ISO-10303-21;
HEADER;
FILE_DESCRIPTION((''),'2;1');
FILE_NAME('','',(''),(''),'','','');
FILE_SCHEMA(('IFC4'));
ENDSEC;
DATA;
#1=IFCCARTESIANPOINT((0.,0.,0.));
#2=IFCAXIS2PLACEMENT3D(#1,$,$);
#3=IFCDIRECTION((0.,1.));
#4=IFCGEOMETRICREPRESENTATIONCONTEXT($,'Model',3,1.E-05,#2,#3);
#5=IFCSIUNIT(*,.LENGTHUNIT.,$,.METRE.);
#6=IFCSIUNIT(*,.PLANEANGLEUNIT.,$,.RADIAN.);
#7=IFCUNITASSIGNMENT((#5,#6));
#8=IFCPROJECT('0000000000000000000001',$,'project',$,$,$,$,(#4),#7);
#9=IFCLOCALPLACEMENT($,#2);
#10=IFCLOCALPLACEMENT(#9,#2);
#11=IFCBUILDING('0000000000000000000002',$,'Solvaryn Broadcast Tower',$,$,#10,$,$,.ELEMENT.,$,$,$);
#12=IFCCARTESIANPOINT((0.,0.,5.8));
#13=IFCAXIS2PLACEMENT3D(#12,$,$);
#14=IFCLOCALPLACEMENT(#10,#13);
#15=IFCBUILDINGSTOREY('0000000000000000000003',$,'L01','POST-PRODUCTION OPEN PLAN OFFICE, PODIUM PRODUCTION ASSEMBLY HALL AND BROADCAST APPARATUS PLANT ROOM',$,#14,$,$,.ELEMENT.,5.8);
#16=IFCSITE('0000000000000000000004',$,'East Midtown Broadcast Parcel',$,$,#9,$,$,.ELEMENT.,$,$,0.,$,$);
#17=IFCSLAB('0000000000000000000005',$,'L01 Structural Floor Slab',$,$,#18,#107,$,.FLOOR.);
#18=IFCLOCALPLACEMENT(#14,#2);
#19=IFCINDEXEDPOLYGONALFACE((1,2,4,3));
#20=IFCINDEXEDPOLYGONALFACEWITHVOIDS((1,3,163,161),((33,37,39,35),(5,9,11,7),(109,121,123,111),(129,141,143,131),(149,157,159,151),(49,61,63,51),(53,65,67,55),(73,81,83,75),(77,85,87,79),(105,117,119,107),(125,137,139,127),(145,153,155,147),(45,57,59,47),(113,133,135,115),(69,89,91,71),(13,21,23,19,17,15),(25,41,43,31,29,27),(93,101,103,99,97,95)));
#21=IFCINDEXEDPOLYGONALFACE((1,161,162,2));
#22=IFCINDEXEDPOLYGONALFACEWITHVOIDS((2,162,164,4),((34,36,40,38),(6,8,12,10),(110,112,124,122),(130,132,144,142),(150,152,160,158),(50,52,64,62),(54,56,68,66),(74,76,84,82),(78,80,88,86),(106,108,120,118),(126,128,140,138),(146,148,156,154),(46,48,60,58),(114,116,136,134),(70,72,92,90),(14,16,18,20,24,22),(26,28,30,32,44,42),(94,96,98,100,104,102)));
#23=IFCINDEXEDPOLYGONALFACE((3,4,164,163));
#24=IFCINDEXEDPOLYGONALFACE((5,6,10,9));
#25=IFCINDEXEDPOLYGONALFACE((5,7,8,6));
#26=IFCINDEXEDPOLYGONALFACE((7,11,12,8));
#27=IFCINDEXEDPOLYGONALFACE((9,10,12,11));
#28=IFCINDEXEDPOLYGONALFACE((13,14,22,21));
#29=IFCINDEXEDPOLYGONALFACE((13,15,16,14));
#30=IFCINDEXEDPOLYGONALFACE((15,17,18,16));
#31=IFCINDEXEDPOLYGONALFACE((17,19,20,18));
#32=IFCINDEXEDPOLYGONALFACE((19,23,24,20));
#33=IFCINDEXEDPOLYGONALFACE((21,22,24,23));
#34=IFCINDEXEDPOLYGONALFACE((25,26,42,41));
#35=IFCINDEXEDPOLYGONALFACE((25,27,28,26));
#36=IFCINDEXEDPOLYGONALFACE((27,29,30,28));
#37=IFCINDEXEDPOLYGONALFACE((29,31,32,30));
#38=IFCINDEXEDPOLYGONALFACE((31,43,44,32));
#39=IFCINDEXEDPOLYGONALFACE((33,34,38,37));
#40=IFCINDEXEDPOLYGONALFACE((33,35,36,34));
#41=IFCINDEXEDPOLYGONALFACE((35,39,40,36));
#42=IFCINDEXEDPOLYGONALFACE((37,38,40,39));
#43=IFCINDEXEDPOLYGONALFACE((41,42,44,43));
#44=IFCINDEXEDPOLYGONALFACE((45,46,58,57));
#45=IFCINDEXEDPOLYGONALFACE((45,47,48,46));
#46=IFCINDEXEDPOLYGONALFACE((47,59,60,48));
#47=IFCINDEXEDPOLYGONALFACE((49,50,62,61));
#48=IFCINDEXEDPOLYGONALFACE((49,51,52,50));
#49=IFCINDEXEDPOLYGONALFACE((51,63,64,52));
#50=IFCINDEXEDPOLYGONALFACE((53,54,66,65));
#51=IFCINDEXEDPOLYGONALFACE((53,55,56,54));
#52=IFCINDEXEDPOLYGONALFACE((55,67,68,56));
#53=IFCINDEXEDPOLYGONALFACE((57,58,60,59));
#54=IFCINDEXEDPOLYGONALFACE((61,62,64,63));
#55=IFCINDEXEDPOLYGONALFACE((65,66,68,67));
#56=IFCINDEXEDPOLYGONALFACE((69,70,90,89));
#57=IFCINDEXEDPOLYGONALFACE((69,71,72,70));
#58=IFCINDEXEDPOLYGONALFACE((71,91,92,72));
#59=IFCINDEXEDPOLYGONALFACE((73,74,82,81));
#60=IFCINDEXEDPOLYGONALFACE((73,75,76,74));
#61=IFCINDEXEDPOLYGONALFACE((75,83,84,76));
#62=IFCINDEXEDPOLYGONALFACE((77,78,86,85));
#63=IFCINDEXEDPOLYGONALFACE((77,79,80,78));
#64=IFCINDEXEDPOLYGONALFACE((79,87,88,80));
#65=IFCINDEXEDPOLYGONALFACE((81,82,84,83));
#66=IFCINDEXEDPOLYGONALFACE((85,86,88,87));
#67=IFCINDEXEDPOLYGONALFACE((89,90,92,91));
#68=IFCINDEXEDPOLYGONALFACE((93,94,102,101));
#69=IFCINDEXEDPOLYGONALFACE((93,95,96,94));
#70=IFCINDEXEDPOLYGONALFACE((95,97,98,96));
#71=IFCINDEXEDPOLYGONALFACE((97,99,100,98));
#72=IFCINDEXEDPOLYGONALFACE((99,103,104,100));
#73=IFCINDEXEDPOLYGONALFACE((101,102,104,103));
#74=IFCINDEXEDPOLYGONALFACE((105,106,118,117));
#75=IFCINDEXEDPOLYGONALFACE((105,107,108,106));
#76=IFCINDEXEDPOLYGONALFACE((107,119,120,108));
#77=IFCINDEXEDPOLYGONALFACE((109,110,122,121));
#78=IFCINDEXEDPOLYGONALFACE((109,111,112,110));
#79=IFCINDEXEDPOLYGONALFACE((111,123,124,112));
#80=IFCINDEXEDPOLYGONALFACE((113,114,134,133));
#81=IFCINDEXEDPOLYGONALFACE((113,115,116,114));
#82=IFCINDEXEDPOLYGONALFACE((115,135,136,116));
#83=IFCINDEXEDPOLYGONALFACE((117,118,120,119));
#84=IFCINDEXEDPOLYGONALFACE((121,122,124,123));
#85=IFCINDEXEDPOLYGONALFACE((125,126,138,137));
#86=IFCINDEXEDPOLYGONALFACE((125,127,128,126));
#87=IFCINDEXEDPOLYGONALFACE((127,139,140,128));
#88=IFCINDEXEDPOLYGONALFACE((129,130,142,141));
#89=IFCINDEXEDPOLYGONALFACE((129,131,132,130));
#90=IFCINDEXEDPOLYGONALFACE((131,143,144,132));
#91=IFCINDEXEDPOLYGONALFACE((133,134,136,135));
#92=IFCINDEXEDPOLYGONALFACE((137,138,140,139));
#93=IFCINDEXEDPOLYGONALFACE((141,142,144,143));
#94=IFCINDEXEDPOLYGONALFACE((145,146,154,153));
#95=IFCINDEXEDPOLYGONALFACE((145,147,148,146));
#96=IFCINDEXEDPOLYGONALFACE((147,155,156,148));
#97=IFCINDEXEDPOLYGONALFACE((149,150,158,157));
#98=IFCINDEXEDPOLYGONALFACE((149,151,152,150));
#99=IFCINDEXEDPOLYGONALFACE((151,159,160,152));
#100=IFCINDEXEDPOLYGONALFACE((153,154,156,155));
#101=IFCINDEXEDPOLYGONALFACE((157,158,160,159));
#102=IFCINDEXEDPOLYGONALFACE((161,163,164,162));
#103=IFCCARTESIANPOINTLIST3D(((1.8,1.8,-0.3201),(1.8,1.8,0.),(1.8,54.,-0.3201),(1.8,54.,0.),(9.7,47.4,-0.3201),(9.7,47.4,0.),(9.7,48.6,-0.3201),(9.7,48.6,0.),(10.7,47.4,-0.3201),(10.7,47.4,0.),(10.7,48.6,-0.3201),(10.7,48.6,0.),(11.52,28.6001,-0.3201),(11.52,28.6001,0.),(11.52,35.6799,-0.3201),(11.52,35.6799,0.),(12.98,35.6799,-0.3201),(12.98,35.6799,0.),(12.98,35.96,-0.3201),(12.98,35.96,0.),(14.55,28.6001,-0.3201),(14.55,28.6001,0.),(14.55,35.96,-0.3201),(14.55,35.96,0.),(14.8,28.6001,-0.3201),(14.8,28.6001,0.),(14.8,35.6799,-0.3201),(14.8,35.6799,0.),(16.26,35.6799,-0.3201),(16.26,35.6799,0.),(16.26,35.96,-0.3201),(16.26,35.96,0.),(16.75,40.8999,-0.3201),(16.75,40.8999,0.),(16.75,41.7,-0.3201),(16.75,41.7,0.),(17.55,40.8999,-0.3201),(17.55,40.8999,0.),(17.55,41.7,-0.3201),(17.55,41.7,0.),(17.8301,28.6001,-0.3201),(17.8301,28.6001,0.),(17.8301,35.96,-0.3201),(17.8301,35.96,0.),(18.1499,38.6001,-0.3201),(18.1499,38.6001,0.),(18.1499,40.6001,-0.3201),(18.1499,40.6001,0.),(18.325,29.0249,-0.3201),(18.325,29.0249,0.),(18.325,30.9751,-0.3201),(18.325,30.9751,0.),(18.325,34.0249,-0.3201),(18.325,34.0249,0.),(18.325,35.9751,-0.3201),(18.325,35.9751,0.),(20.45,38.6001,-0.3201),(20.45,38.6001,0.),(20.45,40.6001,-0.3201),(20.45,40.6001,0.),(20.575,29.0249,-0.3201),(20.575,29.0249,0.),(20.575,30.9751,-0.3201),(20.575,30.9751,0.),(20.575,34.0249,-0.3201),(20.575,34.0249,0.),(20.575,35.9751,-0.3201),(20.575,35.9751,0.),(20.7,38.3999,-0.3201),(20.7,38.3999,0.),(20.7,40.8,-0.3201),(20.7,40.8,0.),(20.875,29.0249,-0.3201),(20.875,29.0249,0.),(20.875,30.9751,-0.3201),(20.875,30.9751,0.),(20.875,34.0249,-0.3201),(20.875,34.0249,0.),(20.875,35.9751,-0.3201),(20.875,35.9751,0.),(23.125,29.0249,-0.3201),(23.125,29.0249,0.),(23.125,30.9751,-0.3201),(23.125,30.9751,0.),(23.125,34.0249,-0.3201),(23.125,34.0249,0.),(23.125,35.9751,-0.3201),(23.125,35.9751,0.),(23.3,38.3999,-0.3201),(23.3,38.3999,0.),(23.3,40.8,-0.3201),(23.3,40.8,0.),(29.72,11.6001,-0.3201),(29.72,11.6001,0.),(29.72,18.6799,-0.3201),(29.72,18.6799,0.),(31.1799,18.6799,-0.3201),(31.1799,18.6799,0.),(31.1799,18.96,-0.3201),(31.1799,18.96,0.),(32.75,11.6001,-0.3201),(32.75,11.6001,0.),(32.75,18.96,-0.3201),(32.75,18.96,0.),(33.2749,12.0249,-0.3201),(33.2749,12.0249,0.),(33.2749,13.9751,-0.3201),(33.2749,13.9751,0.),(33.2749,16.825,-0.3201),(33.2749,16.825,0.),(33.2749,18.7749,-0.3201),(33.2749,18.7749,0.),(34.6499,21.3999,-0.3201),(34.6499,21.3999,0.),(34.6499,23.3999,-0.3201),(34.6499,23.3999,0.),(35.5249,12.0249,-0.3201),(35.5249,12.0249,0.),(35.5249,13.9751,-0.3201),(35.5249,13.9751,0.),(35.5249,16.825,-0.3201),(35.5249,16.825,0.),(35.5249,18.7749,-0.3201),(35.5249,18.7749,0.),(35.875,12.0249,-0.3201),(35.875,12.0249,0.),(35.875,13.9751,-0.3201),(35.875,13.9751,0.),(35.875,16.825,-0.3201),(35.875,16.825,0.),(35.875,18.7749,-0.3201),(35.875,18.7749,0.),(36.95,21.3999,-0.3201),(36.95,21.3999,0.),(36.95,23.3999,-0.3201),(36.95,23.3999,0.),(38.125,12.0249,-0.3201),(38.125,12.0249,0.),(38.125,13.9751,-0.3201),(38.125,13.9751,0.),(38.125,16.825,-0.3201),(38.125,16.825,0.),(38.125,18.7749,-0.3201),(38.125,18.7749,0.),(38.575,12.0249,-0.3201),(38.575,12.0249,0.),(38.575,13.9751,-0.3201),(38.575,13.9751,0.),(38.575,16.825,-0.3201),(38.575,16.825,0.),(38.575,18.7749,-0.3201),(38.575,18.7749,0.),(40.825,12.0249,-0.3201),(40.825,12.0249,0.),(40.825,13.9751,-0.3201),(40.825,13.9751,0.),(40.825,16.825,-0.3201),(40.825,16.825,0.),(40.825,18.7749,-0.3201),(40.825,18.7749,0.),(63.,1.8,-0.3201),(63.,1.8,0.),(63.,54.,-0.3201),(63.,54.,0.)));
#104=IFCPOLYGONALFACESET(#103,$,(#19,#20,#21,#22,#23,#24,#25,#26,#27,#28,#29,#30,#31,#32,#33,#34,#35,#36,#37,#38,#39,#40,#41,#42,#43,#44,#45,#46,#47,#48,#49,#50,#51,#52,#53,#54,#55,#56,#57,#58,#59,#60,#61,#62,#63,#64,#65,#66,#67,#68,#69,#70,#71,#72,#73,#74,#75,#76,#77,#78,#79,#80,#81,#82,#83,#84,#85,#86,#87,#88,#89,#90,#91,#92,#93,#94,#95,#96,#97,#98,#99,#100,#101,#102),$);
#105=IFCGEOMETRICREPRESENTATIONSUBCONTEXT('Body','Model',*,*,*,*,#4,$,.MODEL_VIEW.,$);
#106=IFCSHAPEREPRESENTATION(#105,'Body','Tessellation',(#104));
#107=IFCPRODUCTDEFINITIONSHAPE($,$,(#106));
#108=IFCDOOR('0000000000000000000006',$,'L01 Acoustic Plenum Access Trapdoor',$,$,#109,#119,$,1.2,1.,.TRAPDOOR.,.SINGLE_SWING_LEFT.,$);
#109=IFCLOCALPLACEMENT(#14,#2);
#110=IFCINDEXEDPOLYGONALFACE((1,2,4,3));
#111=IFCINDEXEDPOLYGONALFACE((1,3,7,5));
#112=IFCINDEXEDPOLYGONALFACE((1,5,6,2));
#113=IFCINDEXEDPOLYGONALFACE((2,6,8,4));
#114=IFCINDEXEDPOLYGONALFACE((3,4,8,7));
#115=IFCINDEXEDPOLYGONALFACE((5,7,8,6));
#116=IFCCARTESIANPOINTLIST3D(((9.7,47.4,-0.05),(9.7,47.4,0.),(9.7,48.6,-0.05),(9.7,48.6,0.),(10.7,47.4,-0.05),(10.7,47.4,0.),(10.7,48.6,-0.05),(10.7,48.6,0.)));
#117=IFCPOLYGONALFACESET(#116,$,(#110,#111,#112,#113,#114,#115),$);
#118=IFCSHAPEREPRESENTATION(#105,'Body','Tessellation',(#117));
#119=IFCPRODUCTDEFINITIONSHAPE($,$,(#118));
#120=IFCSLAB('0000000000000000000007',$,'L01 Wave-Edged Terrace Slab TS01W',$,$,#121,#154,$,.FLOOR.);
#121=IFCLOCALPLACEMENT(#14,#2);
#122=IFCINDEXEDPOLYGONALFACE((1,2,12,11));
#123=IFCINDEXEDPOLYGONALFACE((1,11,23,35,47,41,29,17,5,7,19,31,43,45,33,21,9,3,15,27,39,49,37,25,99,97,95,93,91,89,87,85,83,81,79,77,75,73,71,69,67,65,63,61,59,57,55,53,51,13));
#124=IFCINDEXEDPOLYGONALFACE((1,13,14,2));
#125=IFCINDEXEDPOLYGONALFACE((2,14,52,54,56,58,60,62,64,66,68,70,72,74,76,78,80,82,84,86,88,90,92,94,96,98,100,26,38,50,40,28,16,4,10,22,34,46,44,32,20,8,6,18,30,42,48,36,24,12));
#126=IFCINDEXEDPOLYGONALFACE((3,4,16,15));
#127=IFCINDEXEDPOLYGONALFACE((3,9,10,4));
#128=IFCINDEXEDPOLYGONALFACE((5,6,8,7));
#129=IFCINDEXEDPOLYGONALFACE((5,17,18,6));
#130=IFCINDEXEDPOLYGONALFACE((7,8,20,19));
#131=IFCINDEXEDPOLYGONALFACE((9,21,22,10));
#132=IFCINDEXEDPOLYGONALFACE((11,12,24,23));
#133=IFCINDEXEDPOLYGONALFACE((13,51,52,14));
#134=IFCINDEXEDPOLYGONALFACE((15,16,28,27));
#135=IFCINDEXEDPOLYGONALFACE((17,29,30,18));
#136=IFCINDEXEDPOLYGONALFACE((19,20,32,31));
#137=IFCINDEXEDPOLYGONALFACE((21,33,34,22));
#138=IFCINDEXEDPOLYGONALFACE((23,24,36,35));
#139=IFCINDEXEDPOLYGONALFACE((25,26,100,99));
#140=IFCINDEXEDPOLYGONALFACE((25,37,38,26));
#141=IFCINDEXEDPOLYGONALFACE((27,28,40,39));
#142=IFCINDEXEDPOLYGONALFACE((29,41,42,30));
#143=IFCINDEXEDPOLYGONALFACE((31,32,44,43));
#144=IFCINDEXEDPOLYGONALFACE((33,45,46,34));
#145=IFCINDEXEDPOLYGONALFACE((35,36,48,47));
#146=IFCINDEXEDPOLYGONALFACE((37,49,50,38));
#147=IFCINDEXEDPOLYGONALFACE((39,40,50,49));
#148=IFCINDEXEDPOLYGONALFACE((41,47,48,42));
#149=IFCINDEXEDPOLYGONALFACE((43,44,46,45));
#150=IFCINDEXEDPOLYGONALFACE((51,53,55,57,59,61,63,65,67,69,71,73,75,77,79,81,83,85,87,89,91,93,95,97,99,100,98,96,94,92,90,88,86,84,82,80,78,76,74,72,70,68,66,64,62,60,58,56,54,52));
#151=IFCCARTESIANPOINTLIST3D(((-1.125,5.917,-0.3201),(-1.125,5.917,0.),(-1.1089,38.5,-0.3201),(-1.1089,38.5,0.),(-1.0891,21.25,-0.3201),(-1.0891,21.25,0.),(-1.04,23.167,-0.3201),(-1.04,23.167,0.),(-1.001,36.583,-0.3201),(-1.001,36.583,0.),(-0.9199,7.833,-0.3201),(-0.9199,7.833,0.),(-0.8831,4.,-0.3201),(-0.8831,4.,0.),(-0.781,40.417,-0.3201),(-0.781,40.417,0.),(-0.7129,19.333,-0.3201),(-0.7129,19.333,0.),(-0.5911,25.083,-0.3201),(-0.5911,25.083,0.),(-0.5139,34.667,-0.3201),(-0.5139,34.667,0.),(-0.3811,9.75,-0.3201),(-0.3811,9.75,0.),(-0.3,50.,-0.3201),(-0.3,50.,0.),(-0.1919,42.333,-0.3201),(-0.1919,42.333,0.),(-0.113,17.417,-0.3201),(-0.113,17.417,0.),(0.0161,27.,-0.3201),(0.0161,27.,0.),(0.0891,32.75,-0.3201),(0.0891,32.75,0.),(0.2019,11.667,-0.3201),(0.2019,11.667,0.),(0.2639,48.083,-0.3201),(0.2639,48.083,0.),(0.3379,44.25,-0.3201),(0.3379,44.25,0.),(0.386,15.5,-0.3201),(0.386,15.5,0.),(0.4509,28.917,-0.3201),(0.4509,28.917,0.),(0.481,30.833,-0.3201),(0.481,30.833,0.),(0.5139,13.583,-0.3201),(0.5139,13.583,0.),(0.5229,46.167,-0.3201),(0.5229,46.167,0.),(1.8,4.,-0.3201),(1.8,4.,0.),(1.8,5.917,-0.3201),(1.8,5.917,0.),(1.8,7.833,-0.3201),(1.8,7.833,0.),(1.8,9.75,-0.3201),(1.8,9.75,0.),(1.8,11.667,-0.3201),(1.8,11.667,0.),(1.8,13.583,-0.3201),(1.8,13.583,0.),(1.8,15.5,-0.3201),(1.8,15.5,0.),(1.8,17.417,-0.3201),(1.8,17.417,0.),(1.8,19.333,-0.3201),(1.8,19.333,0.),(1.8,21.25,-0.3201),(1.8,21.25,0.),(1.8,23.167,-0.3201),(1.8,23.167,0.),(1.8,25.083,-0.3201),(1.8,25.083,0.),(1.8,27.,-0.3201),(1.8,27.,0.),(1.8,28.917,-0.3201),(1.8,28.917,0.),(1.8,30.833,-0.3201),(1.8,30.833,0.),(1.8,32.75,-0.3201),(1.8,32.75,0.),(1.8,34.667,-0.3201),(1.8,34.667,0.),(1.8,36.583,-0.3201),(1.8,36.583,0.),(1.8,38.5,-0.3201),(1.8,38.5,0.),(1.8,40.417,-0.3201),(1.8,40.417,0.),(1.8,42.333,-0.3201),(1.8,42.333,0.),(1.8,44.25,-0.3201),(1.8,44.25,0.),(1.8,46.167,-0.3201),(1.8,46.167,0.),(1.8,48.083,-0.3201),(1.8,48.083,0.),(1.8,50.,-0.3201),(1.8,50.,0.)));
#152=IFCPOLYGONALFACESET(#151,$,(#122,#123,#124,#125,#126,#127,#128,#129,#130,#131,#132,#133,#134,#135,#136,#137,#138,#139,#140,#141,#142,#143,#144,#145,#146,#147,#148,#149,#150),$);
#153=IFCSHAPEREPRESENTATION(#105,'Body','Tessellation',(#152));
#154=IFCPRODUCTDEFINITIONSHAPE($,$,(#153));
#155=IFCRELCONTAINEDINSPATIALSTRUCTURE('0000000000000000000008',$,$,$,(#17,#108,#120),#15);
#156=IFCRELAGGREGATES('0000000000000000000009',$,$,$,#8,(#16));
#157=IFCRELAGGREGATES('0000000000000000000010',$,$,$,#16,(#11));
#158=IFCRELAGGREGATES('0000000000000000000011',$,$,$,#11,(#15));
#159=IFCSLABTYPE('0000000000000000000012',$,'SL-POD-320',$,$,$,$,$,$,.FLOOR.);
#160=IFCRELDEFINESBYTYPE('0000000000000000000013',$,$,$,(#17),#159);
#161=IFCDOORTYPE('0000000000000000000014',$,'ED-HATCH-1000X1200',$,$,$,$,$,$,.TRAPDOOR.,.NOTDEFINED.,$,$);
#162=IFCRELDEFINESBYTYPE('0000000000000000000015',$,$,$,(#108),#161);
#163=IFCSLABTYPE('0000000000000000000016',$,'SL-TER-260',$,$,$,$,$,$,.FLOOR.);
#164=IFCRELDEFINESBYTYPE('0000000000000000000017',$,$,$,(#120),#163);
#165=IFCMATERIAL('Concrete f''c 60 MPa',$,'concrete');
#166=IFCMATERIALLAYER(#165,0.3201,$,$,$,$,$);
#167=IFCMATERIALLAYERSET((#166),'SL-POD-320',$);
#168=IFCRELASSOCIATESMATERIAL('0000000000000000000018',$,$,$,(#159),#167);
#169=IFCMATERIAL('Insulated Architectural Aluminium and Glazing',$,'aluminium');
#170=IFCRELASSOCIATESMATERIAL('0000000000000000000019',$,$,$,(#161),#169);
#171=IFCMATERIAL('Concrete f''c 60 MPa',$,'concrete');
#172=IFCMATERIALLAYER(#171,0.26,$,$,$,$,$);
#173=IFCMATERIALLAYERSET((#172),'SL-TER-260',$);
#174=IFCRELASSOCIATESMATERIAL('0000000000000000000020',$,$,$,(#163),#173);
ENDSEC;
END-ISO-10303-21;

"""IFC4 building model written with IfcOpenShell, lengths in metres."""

from ifc_helpers import new_model, si_unit, direction, frame, origin, origin_2d, place, context, subcontext, project, spatial, polyline, rectangle, outline, extrude, material, layer, layer_set, type_object, element, fill, save


model = new_model("IFC4")

# Units and contexts
model_context = context("Model", 3, precision=1e-05, world=origin(), true_north=direction((0.0, 1.0)))
body_context = subcontext(model_context, "Body", "Model", "MODEL_VIEW")
ifc_project = project(units=[si_unit("LENGTHUNIT", "METRE"), si_unit("PLANEANGLEUNIT", "RADIAN")], contexts=[model_context])

# Site, building, storey
site_placement = place(None, origin())
site = spatial("IfcSite", under=ifc_project, at=site_placement, Name="East Midtown Broadcast Parcel", CompositionType="ELEMENT", RefElevation=0.0)
building_placement = place(site_placement, origin())
building = spatial("IfcBuilding", under=site, at=building_placement, Name="Solvaryn Broadcast Tower", CompositionType="ELEMENT")
storey_placement = place(building_placement, frame((0.0, 0.0, 5.8)))
storey = spatial("IfcBuildingStorey", under=building, at=storey_placement, Name="L01", Description="POST-PRODUCTION OPEN PLAN OFFICE, PODIUM PRODUCTION ASSEMBLY HALL AND BROADCAST APPARATUS PLANT ROOM", CompositionType="ELEMENT", Elevation=5.8)

# Slab, opening, door
ifc_material_1 = material(Name="Concrete f'c 60 MPa", Category="concrete")
ifc_layer_1 = layer(ifc_material_1, 0.3201)
ifc_layer_set_1 = layer_set([ifc_layer_1], Name="SL-POD-320")
slab_type_1 = type_object("IfcSlabType", Name="SL-POD-320", PredefinedType="FLOOR", material=ifc_layer_set_1)
slab_1_placement = place(storey_placement, frame((0.0, 0.0, -0.3201)))
slab_1 = element("IfcSlab", 1, at=slab_1_placement, inside=storey, type_object=slab_type_1, Name="L01 Structural Floor Slab", PredefinedType="FLOOR", context=body_context, shape_type="SweptSolid", body=[
    extrude(outline(polyline([(1.8, 1.8), (63.0, 1.8), (63.0, 54.0), (1.8, 54.0), (1.8, 1.8)]), holes=[polyline([(11.52, 28.6001), (14.55, 28.6001), (14.55, 35.96), (12.98, 35.96), (12.98, 35.6799), (11.52, 35.6799), (11.52, 28.6001)]), polyline([(14.8, 28.6001), (17.8301, 28.6001), (17.8301, 35.96), (16.26, 35.96), (16.26, 35.6799), (14.8, 35.6799), (14.8, 28.6001)]), polyline([(29.72, 11.6001), (32.75, 11.6001), (32.75, 18.96), (31.1799, 18.96), (31.1799, 18.6799), (29.72, 18.6799), (29.72, 11.6001)]), polyline([(18.1499, 38.6001), (20.45, 38.6001), (20.45, 40.6001), (18.1499, 40.6001), (18.1499, 38.6001)]), polyline([(20.7, 38.3999), (23.3, 38.3999), (23.3, 40.8), (20.7, 40.8), (20.7, 38.3999)]), polyline([(18.325, 29.0249), (20.575, 29.0249), (20.575, 30.9751), (18.325, 30.9751), (18.325, 29.0249)]), polyline([(20.875, 29.0249), (23.125, 29.0249), (23.125, 30.9751), (20.875, 30.9751), (20.875, 29.0249)]), polyline([(18.325, 34.0249), (20.575, 34.0249), (20.575, 35.9751), (18.325, 35.9751), (18.325, 34.0249)]), polyline([(20.875, 34.0249), (23.125, 34.0249), (23.125, 35.9751), (20.875, 35.9751), (20.875, 34.0249)]), polyline([(34.6499, 21.3999), (36.95, 21.3999), (36.95, 23.3999), (34.6499, 23.3999), (34.6499, 21.3999)]), polyline([(33.2749, 12.0249), (35.5249, 12.0249), (35.5249, 13.9751), (33.2749, 13.9751), (33.2749, 12.0249)]), polyline([(35.875, 12.0249), (38.125, 12.0249), (38.125, 13.9751), (35.875, 13.9751), (35.875, 12.0249)]), polyline([(33.2749, 16.825), (35.5249, 16.825), (35.5249, 18.7749), (33.2749, 18.7749), (33.2749, 16.825)]), polyline([(35.875, 16.825), (38.125, 16.825), (38.125, 18.7749), (35.875, 18.7749), (35.875, 16.825)]), polyline([(38.575, 12.0249), (40.825, 12.0249), (40.825, 13.9751), (38.575, 13.9751), (38.575, 12.0249)]), polyline([(38.575, 16.825), (40.825, 16.825), (40.825, 18.7749), (38.575, 18.7749), (38.575, 16.825)]), polyline([(16.75, 40.8999), (17.55, 40.8999), (17.55, 41.7), (16.75, 41.7), (16.75, 40.8999)])]), origin(), (0.0, 0.0, 1.0), 0.3201),
])
opening_1_placement = place(slab_1_placement, frame((10.2, 48.0, 0.0)))
opening_1 = element("IfcOpeningElement", 2, at=opening_1_placement, cuts=slab_1, PredefinedType="OPENING", context=body_context, shape_type="SweptSolid", body=[
    extrude(rectangle(XDim=1.0, YDim=1.2, at=origin_2d()), origin(), (0.0, 0.0, 1.0), 0.3201),
])
ifc_material_2 = material(Name="Insulated Architectural Aluminium and Glazing", Category="aluminium")
door_type_1 = type_object("IfcDoorType", Name="ED-HATCH-1000X1200", OperationType="NOTDEFINED", PredefinedType="TRAPDOOR", material=ifc_material_2)
door_1_placement = place(opening_1_placement, frame((0.0, 0.0, 0.27)))
door_1 = element("IfcDoor", 3, at=door_1_placement, inside=storey, type_object=door_type_1, Name="L01 Acoustic Plenum Access Trapdoor", OperationType="SINGLE_SWING_LEFT", OverallHeight=1.2, OverallWidth=1.0, PredefinedType="TRAPDOOR", context=body_context, shape_type="SweptSolid", body=[
    extrude(rectangle(XDim=1.0, YDim=1.2, at=origin_2d()), origin(), (0.0, 0.0, 1.0), 0.05),
])
fill(opening_1, door_1)

# Slab
ifc_material_3 = material(Name="Concrete f'c 60 MPa", Category="concrete")
ifc_layer_2 = layer(ifc_material_3, 0.26)
ifc_layer_set_2 = layer_set([ifc_layer_2], Name="SL-TER-260")
slab_type_2 = type_object("IfcSlabType", Name="SL-TER-260", PredefinedType="FLOOR", material=ifc_layer_set_2)
slab_2_placement = place(storey_placement, frame((0.0, 0.0, -0.3201)))
element("IfcSlab", 4, at=slab_2_placement, inside=storey, type_object=slab_type_2, Name="L01 Wave-Edged Terrace Slab TS01W", PredefinedType="FLOOR", context=body_context, shape_type="SweptSolid", body=[
    extrude(outline(polyline([(1.8, 4.0), (1.8, 5.917), (1.8, 7.833), (1.8, 9.75), (1.8, 11.667), (1.8, 13.583), (1.8, 15.5), (1.8, 17.417), (1.8, 19.333), (1.8, 21.25), (1.8, 23.167), (1.8, 25.083), (1.8, 27.0), (1.8, 28.917), (1.8, 30.833), (1.8, 32.75), (1.8, 34.667), (1.8, 36.583), (1.8, 38.5), (1.8, 40.417), (1.8, 42.333), (1.8, 44.25), (1.8, 46.167), (1.8, 48.083), (1.8, 50.0), (-0.3, 50.0), (0.2639, 48.083), (0.5229, 46.167), (0.3379, 44.25), (-0.1919, 42.333), (-0.781, 40.417), (-1.1089, 38.5), (-1.001, 36.583), (-0.5139, 34.667), (0.0891, 32.75), (0.481, 30.833), (0.4509, 28.917), (0.0161, 27.0), (-0.5911, 25.083), (-1.04, 23.167), (-1.0891, 21.25), (-0.7129, 19.333), (-0.113, 17.417), (0.386, 15.5), (0.5139, 13.583), (0.2019, 11.667), (-0.3811, 9.75), (-0.9199, 7.833), (-1.125, 5.917), (-0.8831, 4.0), (1.8, 4.0)])), origin(), (0.0, 0.0, 1.0), 0.3201),
])

save(model, "model.ifc")
